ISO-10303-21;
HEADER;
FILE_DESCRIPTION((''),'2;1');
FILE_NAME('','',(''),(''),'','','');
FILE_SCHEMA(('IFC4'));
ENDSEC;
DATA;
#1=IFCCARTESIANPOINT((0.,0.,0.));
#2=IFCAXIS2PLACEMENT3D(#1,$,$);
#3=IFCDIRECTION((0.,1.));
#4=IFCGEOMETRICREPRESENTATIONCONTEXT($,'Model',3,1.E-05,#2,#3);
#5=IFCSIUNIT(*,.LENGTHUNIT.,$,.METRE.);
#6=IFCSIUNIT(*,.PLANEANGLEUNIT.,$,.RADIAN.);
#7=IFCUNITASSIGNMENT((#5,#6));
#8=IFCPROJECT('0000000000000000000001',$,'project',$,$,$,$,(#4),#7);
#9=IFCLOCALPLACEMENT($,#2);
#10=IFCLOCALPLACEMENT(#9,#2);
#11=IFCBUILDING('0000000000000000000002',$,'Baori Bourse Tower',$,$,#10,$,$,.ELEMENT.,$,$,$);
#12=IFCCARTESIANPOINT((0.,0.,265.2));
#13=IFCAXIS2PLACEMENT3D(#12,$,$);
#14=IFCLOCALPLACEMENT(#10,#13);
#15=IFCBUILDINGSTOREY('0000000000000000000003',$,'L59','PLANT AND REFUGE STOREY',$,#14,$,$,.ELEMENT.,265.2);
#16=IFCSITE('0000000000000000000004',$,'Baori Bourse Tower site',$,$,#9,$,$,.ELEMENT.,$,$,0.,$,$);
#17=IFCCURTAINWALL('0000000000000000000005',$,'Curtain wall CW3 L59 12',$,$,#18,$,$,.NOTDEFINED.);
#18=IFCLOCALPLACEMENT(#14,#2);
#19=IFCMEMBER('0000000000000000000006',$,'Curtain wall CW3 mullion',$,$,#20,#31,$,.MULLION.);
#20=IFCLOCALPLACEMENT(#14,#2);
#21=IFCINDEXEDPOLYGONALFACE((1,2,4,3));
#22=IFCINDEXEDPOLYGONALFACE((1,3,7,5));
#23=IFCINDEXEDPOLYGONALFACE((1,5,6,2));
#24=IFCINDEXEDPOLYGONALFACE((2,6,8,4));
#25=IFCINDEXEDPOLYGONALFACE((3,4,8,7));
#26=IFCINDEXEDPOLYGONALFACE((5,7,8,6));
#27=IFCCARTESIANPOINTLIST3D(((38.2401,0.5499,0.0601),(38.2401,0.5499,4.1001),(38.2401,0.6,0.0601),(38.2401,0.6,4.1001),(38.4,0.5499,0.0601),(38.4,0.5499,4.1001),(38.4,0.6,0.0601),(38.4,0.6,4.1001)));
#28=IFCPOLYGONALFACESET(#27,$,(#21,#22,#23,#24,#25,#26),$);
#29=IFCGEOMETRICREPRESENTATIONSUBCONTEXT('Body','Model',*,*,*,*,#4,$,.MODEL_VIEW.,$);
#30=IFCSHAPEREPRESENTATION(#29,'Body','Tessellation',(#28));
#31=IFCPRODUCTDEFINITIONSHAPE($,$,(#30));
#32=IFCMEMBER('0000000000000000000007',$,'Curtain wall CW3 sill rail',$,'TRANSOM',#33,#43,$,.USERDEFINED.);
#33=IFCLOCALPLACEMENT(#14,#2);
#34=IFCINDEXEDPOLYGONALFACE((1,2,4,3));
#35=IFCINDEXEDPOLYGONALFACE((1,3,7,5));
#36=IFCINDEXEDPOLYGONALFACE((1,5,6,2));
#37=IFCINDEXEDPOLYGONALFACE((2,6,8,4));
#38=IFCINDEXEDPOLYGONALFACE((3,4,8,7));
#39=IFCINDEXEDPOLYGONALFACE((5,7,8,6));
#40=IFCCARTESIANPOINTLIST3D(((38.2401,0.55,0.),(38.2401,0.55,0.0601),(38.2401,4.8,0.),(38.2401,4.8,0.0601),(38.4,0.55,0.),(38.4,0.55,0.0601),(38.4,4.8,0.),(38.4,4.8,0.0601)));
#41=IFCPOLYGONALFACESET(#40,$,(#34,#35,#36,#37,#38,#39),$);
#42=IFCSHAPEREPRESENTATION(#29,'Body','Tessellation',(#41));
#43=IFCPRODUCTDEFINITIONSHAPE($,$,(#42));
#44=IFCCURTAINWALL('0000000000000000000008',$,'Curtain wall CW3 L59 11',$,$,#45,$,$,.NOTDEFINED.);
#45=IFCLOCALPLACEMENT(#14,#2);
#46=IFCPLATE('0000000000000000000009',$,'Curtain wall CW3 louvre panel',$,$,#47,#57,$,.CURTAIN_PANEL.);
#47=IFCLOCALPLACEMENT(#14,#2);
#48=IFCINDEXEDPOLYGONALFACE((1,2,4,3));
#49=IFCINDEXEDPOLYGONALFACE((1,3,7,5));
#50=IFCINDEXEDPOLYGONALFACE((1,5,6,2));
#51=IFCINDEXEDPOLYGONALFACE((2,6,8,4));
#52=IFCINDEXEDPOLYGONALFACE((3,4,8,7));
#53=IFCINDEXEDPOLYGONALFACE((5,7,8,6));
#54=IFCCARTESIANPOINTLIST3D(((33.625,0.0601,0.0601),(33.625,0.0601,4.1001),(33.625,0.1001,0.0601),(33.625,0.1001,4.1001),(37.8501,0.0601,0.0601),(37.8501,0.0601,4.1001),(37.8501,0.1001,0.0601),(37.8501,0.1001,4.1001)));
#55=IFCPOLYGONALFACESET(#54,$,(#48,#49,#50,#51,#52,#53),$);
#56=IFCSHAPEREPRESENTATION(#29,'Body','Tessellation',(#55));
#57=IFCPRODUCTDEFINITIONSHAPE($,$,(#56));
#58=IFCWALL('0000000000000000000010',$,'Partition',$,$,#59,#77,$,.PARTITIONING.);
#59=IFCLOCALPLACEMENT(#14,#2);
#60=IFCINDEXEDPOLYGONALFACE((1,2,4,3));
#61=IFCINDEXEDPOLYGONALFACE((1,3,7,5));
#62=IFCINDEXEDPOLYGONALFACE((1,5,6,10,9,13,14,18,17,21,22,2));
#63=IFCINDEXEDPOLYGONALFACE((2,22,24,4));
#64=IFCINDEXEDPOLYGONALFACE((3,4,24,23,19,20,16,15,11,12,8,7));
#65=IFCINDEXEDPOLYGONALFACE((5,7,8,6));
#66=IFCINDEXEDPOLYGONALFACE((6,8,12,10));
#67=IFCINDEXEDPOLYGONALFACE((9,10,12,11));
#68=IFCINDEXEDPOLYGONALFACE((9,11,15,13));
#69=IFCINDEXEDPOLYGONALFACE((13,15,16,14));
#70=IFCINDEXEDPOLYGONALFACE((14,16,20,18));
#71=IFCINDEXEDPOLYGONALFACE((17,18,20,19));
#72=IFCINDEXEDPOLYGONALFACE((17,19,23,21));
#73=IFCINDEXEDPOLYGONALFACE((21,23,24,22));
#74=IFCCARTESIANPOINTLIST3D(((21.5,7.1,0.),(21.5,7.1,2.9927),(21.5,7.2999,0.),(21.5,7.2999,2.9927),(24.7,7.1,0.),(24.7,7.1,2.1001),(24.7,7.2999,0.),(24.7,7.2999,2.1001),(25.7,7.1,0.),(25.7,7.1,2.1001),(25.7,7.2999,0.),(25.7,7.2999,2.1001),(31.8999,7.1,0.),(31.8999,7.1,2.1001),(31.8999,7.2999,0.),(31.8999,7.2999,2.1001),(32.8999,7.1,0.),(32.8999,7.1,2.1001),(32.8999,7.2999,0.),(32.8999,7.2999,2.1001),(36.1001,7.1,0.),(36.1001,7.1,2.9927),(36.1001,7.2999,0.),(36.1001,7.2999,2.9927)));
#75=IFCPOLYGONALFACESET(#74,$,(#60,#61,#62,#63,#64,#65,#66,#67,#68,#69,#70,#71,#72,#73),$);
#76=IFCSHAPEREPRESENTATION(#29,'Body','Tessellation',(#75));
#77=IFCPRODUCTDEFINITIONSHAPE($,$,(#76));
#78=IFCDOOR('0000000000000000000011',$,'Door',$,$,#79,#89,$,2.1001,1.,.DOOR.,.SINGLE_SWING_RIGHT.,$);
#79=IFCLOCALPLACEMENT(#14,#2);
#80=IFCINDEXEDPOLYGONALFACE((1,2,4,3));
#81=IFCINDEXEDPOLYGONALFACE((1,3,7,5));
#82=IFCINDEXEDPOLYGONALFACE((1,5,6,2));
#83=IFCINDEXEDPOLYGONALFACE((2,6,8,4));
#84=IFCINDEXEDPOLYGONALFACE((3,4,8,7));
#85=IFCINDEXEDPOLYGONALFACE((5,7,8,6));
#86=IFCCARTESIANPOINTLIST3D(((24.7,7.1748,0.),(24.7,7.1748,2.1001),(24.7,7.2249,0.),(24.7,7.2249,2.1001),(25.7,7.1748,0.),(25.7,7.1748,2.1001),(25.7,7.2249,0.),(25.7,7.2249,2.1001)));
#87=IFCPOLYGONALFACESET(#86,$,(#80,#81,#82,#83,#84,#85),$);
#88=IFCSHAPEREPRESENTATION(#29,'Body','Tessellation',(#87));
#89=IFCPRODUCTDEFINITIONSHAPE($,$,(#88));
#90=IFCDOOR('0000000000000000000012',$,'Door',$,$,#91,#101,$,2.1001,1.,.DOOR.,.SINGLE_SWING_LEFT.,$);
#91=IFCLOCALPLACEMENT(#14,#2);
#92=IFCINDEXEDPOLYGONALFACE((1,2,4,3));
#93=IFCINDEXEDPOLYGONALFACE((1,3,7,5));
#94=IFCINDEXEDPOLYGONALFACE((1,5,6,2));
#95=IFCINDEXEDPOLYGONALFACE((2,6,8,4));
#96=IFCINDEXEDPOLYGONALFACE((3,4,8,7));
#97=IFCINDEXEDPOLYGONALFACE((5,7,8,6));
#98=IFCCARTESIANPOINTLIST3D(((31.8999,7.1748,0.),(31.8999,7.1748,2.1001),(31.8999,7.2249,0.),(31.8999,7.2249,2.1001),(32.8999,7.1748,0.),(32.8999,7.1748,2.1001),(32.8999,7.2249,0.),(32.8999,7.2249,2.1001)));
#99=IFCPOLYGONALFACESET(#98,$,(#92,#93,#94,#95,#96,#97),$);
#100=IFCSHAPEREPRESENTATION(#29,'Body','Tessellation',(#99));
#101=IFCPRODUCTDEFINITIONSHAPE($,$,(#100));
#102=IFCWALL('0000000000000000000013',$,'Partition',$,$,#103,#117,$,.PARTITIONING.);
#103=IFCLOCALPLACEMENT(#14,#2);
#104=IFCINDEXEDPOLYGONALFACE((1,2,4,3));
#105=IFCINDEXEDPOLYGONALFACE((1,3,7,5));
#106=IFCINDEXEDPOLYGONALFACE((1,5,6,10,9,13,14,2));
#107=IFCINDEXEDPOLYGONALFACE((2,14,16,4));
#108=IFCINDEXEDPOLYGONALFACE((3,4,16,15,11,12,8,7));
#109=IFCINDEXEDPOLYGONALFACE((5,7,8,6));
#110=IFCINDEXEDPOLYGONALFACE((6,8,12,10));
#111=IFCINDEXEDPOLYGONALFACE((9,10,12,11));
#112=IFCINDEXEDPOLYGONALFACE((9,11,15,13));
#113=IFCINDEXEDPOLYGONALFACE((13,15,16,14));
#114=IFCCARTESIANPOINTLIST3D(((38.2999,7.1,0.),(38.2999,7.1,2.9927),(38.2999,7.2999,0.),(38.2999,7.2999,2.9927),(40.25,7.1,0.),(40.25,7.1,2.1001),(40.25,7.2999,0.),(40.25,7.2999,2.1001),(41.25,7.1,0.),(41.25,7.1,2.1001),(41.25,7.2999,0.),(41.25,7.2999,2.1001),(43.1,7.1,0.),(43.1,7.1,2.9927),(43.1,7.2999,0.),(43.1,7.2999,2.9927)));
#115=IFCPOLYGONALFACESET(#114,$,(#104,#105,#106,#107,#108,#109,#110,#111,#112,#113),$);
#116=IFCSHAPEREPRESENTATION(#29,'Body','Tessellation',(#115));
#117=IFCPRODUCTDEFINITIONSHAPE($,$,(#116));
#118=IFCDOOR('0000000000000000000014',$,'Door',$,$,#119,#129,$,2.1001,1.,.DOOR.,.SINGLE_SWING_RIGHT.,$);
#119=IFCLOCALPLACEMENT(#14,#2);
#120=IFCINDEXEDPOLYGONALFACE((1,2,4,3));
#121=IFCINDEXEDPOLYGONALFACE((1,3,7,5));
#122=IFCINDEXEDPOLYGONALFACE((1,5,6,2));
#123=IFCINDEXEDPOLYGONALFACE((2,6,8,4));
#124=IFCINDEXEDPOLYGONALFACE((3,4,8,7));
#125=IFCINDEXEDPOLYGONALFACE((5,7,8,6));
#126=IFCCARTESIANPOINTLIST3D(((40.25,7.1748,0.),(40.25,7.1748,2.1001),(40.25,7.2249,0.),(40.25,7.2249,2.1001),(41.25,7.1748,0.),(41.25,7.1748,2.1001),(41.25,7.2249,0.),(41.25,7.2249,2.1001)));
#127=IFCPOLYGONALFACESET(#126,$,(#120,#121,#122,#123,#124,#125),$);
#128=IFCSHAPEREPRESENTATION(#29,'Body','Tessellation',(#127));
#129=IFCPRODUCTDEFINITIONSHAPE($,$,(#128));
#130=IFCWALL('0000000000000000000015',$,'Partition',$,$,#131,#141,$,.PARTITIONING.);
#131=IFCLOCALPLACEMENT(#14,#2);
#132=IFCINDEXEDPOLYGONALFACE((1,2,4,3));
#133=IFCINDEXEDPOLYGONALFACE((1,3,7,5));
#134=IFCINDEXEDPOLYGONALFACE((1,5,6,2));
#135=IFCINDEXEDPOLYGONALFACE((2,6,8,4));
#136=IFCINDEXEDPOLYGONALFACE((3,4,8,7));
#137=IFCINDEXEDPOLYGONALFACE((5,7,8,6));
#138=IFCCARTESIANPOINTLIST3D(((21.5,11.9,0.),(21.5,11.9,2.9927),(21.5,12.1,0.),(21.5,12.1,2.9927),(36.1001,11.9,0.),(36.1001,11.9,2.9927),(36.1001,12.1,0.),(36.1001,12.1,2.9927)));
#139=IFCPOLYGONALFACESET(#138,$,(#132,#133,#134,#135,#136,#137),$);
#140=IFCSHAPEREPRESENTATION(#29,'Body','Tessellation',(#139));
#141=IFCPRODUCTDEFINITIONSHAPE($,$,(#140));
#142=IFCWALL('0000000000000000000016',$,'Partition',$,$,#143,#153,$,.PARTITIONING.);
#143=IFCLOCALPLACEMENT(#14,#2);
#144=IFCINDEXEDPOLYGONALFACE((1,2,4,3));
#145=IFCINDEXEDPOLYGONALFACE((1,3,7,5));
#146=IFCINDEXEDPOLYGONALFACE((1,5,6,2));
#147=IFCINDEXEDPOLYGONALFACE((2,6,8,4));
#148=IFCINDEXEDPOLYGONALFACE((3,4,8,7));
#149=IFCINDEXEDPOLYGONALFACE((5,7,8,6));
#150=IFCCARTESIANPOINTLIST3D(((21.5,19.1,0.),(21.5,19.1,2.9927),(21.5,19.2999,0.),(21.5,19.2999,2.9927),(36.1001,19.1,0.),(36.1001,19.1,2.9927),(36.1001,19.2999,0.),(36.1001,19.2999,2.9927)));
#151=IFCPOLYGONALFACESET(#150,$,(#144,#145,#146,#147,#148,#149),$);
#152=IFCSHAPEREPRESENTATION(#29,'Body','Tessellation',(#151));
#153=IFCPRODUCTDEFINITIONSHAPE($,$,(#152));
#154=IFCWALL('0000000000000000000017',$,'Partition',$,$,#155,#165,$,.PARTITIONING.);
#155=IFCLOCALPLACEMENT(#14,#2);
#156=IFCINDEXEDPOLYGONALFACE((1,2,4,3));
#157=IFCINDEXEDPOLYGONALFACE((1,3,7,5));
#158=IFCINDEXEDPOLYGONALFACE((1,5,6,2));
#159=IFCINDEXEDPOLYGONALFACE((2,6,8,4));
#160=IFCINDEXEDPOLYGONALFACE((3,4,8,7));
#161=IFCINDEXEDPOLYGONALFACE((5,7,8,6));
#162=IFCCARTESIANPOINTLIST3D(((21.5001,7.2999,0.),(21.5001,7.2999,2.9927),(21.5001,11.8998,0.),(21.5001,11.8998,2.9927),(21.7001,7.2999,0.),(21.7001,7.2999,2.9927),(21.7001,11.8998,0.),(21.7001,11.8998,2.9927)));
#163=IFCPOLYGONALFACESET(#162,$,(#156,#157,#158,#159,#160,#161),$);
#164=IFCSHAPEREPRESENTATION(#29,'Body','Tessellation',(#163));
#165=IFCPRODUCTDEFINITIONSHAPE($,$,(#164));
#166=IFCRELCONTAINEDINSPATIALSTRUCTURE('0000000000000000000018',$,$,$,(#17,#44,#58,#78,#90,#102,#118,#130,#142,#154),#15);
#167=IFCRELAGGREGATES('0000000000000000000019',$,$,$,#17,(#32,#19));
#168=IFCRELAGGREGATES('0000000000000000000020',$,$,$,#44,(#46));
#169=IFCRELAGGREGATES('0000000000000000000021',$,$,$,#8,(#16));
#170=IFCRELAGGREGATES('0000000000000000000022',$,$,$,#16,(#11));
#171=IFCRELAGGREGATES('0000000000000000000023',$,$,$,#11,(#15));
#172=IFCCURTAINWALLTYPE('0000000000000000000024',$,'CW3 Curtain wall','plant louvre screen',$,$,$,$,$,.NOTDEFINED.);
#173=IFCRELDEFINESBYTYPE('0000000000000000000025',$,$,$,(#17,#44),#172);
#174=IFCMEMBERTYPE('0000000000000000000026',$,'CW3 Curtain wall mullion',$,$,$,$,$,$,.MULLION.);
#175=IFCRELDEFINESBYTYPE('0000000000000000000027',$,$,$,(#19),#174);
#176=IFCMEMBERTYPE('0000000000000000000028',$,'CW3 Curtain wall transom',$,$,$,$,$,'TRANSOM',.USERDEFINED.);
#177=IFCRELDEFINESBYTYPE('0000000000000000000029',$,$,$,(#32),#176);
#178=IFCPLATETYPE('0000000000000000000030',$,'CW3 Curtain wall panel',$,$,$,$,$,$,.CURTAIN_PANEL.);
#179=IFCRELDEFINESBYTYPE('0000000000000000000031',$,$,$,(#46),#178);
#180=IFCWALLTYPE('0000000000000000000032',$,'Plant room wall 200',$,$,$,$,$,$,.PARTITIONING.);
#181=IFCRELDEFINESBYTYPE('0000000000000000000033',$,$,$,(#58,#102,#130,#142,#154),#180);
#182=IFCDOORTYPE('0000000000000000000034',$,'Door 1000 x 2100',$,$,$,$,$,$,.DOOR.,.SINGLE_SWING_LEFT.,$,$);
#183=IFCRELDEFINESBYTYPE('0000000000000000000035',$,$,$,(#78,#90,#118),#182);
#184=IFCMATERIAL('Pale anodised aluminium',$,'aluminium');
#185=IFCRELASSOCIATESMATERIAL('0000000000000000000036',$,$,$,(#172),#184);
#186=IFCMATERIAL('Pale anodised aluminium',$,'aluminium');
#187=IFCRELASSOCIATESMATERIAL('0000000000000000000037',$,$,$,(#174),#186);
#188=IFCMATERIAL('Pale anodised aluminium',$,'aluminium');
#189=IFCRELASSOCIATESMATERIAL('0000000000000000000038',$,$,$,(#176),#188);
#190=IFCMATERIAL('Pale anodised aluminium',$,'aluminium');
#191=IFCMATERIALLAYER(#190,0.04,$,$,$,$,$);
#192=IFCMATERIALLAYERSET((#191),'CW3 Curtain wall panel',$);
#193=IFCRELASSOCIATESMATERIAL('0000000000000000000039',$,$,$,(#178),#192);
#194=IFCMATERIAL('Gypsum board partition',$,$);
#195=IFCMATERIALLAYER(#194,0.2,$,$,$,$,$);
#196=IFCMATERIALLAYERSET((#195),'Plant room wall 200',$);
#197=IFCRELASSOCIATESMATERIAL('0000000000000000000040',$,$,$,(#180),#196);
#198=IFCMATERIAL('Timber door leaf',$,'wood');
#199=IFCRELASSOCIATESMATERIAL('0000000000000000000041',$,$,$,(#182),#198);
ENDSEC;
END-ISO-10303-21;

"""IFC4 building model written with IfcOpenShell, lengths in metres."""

from ifc_helpers import new_model, si_unit, direction, frame, frame_2d, origin, origin_2d, place, context, subcontext, project, spatial, rectangle, extrude, material, layer, layer_set, material_profile, profile_set, type_object, element, fill, aggregate, save


model = new_model("IFC4")

# Units and contexts
model_context = context("Model", 3, precision=1e-05, world=origin(), true_north=direction((0.0, 1.0)))
body_context = subcontext(model_context, "Body", "Model", "MODEL_VIEW")
ifc_project = project(units=[si_unit("LENGTHUNIT", "METRE"), si_unit("PLANEANGLEUNIT", "RADIAN")], contexts=[model_context])

# Site, building, storey
site_placement = place(None, origin())
site = spatial("IfcSite", under=ifc_project, at=site_placement, Name="Baori Bourse Tower site", CompositionType="ELEMENT", RefElevation=0.0)
building_placement = place(site_placement, origin())
building = spatial("IfcBuilding", under=site, at=building_placement, Name="Baori Bourse Tower", CompositionType="ELEMENT")
storey_placement = place(building_placement, frame((0.0, 0.0, 265.2)))
storey = spatial("IfcBuildingStorey", under=building, at=storey_placement, Name="L59", Description="PLANT AND REFUGE STOREY", CompositionType="ELEMENT", Elevation=265.2)

# Curtain wall, members
ifc_material_1 = material(Name="Pale anodised aluminium", Category="aluminium")
curtain_wall_type = type_object("IfcCurtainWallType", Name="CW3 Curtain wall", Description="plant louvre screen", PredefinedType="NOTDEFINED", material=ifc_material_1)
curtain_wall_1_placement = place(storey_placement, origin())
curtain_wall_1 = element("IfcCurtainWall", 1, at=curtain_wall_1_placement, inside=storey, type_object=curtain_wall_type, Name="Curtain wall CW3 L59 12", PredefinedType="NOTDEFINED")
ifc_material_2 = material(Name="Pale anodised aluminium", Category="aluminium")
ifc_material_profile_1 = material_profile(ifc_material_2, rectangle(XDim=0.1599, YDim=0.05, at=origin_2d()), Name="Mullion 50x160")
ifc_profile_set_1 = profile_set([ifc_material_profile_1], Name="Pale anodised aluminium")
member_type_1 = type_object("IfcMemberType", Name="CW3 Curtain wall mullion", PredefinedType="MULLION", material=ifc_profile_set_1)
member_1_placement = place(storey_placement, frame((38.3201, 0.575, 0.0601), z_axis=(0.0, 0.0, 1.0), x_axis=(-1.0, 0.0, 0.0)))
member_1 = element("IfcMember", 2, at=member_1_placement, type_object=member_type_1, Name="Curtain wall CW3 mullion", PredefinedType="MULLION", context=body_context, shape_type="SweptSolid", body=[
    extrude(rectangle(XDim=0.1599, YDim=0.05, at=origin_2d()), origin(), (0.0, 0.0, 1.0), 4.04),
])
ifc_material_3 = material(Name="Pale anodised aluminium", Category="aluminium")
ifc_material_profile_2 = material_profile(ifc_material_3, rectangle(XDim=0.1599, YDim=0.0601, at=origin_2d()), Name="Transom 60x160")
ifc_profile_set_2 = profile_set([ifc_material_profile_2], Name="Pale anodised aluminium")
member_type_2 = type_object("IfcMemberType", Name="CW3 Curtain wall transom", ElementType="TRANSOM", PredefinedType="USERDEFINED", material=ifc_profile_set_2)
member_2_placement = place(storey_placement, frame((38.3201, 0.55, 0.03), z_axis=(0.0, 1.0, 0.0), x_axis=(-1.0, 0.0, 0.0)))
member_2 = element("IfcMember", 3, at=member_2_placement, type_object=member_type_2, Name="Curtain wall CW3 sill rail", ObjectType="TRANSOM", PredefinedType="USERDEFINED", context=body_context, shape_type="SweptSolid", body=[
    extrude(rectangle(XDim=0.1599, YDim=0.0601, at=origin_2d()), origin(), (0.0, 0.0, 1.0), 4.25),
])
aggregate(curtain_wall_1, [member_2, member_1])

# Curtain wall, plate
curtain_wall_2_placement = place(storey_placement, origin())
curtain_wall_2 = element("IfcCurtainWall", 4, at=curtain_wall_2_placement, inside=storey, type_object=curtain_wall_type, Name="Curtain wall CW3 L59 11", PredefinedType="NOTDEFINED")
ifc_material_4 = material(Name="Pale anodised aluminium", Category="aluminium")
ifc_layer_1 = layer(ifc_material_4, 0.04)
ifc_layer_set_1 = layer_set([ifc_layer_1], Name="CW3 Curtain wall panel")
plate_type = type_object("IfcPlateType", Name="CW3 Curtain wall panel", PredefinedType="CURTAIN_PANEL", material=ifc_layer_set_1)
plate_placement = place(storey_placement, frame((35.7375, 0.0801, 0.0601), z_axis=(0.0, 0.0, 1.0), x_axis=(1.0, 0.0, 0.0)))
plate = element("IfcPlate", 5, at=plate_placement, type_object=plate_type, Name="Curtain wall CW3 louvre panel", PredefinedType="CURTAIN_PANEL", context=body_context, shape_type="SweptSolid", body=[
    extrude(rectangle(XDim=4.2251, YDim=0.04, at=origin_2d()), origin(), (0.0, 0.0, 1.0), 4.04),
])
aggregate(curtain_wall_2, [plate])

# Wall, openings, doors
ifc_material_5 = material(Name="Gypsum board partition")
ifc_layer_2 = layer(ifc_material_5, 0.2)
ifc_layer_set_2 = layer_set([ifc_layer_2], Name="Plant room wall 200")
wall_type = type_object("IfcWallType", Name="Plant room wall 200", PredefinedType="PARTITIONING", material=ifc_layer_set_2)
wall_1_placement = place(storey_placement, frame((21.5, 7.2, 0.0), z_axis=(0.0, 0.0, 1.0), x_axis=(1.0, 0.0, 0.0)))
wall_1 = element("IfcWall", 6, at=wall_1_placement, inside=storey, type_object=wall_type, Name="Partition", PredefinedType="PARTITIONING", context=body_context, shape_type="SweptSolid", body=[
    extrude(rectangle(XDim=14.6001, YDim=0.2, at=frame_2d((7.3, 0.0))), origin(), (0.0, 0.0, 1.0), 2.9927),
])
opening_1_placement = place(wall_1_placement, frame((3.2, 0.0, 0.0)))
opening_1 = element("IfcOpeningElement", 7, at=opening_1_placement, cuts=wall_1, PredefinedType="OPENING", context=body_context, shape_type="SweptSolid", body=[
    extrude(rectangle(XDim=1.0, YDim=2.1001, at=frame_2d((0.5, 1.05))), frame((0.0, 0.1099, 0.0), z_axis=(0.0, -1.0, 0.0), x_axis=(1.0, 0.0, 0.0)), (0.0, 0.0, 1.0), 0.22),
])
opening_2_placement = place(wall_1_placement, frame((10.3999, 0.0, 0.0)))
opening_2 = element("IfcOpeningElement", 8, at=opening_2_placement, cuts=wall_1, PredefinedType="OPENING", context=body_context, shape_type="SweptSolid", body=[
    extrude(rectangle(XDim=1.0, YDim=2.1001, at=frame_2d((0.5, 1.05))), frame((0.0, 0.1099, 0.0), z_axis=(0.0, -1.0, 0.0), x_axis=(1.0, 0.0, 0.0)), (0.0, 0.0, 1.0), 0.22),
])
ifc_material_6 = material(Name="Timber door leaf", Category="wood")
door_type = type_object("IfcDoorType", Name="Door 1000 x 2100", OperationType="SINGLE_SWING_LEFT", PredefinedType="DOOR", material=ifc_material_6)
door_1_placement = place(opening_1_placement, origin())
door_1 = element("IfcDoor", 9, at=door_1_placement, inside=storey, type_object=door_type, Name="Door", OperationType="SINGLE_SWING_RIGHT", OverallHeight=2.1001, OverallWidth=1.0, PredefinedType="DOOR", context=body_context, shape_type="SweptSolid", body=[
    extrude(rectangle(XDim=1.0, YDim=2.1001, at=frame_2d((0.5, 1.05))), frame((0.0, 0.0249, 0.0), z_axis=(0.0, -1.0, 0.0), x_axis=(1.0, 0.0, 0.0)), (0.0, 0.0, 1.0), 0.05),
])
fill(opening_1, door_1)
door_2_placement = place(opening_2_placement, origin())
door_2 = element("IfcDoor", 10, at=door_2_placement, inside=storey, type_object=door_type, Name="Door", OperationType="SINGLE_SWING_LEFT", OverallHeight=2.1001, OverallWidth=1.0, PredefinedType="DOOR", context=body_context, shape_type="SweptSolid", body=[
    extrude(rectangle(XDim=1.0, YDim=2.1001, at=frame_2d((0.5, 1.05))), frame((0.0, 0.0249, 0.0), z_axis=(0.0, -1.0, 0.0), x_axis=(1.0, 0.0, 0.0)), (0.0, 0.0, 1.0), 0.05),
])
fill(opening_2, door_2)

# Wall, opening, door
wall_2_placement = place(storey_placement, frame((38.3, 7.2, 0.0), z_axis=(0.0, 0.0, 1.0), x_axis=(1.0, 0.0, 0.0)))
wall_2 = element("IfcWall", 11, at=wall_2_placement, inside=storey, type_object=wall_type, Name="Partition", PredefinedType="PARTITIONING", context=body_context, shape_type="SweptSolid", body=[
    extrude(rectangle(XDim=4.8, YDim=0.2, at=frame_2d((2.3999, 0.0))), origin(), (0.0, 0.0, 1.0), 2.9927),
])
opening_3_placement = place(wall_2_placement, frame((1.95, 0.0, 0.0)))
opening_3 = element("IfcOpeningElement", 12, at=opening_3_placement, cuts=wall_2, PredefinedType="OPENING", context=body_context, shape_type="SweptSolid", body=[
    extrude(rectangle(XDim=1.0, YDim=2.1001, at=frame_2d((0.5, 1.05))), frame((0.0, 0.1099, 0.0), z_axis=(0.0, -1.0, 0.0), x_axis=(1.0, 0.0, 0.0)), (0.0, 0.0, 1.0), 0.22),
])
door_3_placement = place(opening_3_placement, origin())
door_3 = element("IfcDoor", 13, at=door_3_placement, inside=storey, type_object=door_type, Name="Door", OperationType="SINGLE_SWING_RIGHT", OverallHeight=2.1001, OverallWidth=1.0, PredefinedType="DOOR", context=body_context, shape_type="SweptSolid", body=[
    extrude(rectangle(XDim=1.0, YDim=2.1001, at=frame_2d((0.5, 1.05))), frame((0.0, 0.0249, 0.0), z_axis=(0.0, -1.0, 0.0), x_axis=(1.0, 0.0, 0.0)), (0.0, 0.0, 1.0), 0.05),
])
fill(opening_3, door_3)

# Walls
for number, where, z_axis, x_axis, name in (
    (14, (21.5, 12.0, 0.0), (0.0, 0.0, 1.0), (1.0, 0.0, 0.0), "Partition"),
    (15, (21.5, 19.2, 0.0), (0.0, 0.0, 1.0), (1.0, 0.0, 0.0), "Partition"),
):
    element("IfcWall", number, at=place(storey_placement, frame(where, z_axis=z_axis, x_axis=x_axis)), inside=storey, type_object=wall_type, Name=name, PredefinedType="PARTITIONING", context=body_context, shape_type="SweptSolid", body=[
        extrude(rectangle(XDim=14.6001, YDim=0.2, at=frame_2d((7.3, 0.0))), origin(), (0.0, 0.0, 1.0), 2.9927),
    ])
wall_3_placement = place(storey_placement, frame((21.6001, 7.3, 0.0), z_axis=(0.0, 0.0, 1.0), x_axis=(0.0, 1.0, 0.0)))
element("IfcWall", 16, at=wall_3_placement, inside=storey, type_object=wall_type, Name="Partition", PredefinedType="PARTITIONING", context=body_context, shape_type="SweptSolid", body=[
    extrude(rectangle(XDim=4.5999, YDim=0.2, at=frame_2d((2.2998, 0.0))), origin(), (0.0, 0.0, 1.0), 2.9927),
])

save(model, "model.ifc")
